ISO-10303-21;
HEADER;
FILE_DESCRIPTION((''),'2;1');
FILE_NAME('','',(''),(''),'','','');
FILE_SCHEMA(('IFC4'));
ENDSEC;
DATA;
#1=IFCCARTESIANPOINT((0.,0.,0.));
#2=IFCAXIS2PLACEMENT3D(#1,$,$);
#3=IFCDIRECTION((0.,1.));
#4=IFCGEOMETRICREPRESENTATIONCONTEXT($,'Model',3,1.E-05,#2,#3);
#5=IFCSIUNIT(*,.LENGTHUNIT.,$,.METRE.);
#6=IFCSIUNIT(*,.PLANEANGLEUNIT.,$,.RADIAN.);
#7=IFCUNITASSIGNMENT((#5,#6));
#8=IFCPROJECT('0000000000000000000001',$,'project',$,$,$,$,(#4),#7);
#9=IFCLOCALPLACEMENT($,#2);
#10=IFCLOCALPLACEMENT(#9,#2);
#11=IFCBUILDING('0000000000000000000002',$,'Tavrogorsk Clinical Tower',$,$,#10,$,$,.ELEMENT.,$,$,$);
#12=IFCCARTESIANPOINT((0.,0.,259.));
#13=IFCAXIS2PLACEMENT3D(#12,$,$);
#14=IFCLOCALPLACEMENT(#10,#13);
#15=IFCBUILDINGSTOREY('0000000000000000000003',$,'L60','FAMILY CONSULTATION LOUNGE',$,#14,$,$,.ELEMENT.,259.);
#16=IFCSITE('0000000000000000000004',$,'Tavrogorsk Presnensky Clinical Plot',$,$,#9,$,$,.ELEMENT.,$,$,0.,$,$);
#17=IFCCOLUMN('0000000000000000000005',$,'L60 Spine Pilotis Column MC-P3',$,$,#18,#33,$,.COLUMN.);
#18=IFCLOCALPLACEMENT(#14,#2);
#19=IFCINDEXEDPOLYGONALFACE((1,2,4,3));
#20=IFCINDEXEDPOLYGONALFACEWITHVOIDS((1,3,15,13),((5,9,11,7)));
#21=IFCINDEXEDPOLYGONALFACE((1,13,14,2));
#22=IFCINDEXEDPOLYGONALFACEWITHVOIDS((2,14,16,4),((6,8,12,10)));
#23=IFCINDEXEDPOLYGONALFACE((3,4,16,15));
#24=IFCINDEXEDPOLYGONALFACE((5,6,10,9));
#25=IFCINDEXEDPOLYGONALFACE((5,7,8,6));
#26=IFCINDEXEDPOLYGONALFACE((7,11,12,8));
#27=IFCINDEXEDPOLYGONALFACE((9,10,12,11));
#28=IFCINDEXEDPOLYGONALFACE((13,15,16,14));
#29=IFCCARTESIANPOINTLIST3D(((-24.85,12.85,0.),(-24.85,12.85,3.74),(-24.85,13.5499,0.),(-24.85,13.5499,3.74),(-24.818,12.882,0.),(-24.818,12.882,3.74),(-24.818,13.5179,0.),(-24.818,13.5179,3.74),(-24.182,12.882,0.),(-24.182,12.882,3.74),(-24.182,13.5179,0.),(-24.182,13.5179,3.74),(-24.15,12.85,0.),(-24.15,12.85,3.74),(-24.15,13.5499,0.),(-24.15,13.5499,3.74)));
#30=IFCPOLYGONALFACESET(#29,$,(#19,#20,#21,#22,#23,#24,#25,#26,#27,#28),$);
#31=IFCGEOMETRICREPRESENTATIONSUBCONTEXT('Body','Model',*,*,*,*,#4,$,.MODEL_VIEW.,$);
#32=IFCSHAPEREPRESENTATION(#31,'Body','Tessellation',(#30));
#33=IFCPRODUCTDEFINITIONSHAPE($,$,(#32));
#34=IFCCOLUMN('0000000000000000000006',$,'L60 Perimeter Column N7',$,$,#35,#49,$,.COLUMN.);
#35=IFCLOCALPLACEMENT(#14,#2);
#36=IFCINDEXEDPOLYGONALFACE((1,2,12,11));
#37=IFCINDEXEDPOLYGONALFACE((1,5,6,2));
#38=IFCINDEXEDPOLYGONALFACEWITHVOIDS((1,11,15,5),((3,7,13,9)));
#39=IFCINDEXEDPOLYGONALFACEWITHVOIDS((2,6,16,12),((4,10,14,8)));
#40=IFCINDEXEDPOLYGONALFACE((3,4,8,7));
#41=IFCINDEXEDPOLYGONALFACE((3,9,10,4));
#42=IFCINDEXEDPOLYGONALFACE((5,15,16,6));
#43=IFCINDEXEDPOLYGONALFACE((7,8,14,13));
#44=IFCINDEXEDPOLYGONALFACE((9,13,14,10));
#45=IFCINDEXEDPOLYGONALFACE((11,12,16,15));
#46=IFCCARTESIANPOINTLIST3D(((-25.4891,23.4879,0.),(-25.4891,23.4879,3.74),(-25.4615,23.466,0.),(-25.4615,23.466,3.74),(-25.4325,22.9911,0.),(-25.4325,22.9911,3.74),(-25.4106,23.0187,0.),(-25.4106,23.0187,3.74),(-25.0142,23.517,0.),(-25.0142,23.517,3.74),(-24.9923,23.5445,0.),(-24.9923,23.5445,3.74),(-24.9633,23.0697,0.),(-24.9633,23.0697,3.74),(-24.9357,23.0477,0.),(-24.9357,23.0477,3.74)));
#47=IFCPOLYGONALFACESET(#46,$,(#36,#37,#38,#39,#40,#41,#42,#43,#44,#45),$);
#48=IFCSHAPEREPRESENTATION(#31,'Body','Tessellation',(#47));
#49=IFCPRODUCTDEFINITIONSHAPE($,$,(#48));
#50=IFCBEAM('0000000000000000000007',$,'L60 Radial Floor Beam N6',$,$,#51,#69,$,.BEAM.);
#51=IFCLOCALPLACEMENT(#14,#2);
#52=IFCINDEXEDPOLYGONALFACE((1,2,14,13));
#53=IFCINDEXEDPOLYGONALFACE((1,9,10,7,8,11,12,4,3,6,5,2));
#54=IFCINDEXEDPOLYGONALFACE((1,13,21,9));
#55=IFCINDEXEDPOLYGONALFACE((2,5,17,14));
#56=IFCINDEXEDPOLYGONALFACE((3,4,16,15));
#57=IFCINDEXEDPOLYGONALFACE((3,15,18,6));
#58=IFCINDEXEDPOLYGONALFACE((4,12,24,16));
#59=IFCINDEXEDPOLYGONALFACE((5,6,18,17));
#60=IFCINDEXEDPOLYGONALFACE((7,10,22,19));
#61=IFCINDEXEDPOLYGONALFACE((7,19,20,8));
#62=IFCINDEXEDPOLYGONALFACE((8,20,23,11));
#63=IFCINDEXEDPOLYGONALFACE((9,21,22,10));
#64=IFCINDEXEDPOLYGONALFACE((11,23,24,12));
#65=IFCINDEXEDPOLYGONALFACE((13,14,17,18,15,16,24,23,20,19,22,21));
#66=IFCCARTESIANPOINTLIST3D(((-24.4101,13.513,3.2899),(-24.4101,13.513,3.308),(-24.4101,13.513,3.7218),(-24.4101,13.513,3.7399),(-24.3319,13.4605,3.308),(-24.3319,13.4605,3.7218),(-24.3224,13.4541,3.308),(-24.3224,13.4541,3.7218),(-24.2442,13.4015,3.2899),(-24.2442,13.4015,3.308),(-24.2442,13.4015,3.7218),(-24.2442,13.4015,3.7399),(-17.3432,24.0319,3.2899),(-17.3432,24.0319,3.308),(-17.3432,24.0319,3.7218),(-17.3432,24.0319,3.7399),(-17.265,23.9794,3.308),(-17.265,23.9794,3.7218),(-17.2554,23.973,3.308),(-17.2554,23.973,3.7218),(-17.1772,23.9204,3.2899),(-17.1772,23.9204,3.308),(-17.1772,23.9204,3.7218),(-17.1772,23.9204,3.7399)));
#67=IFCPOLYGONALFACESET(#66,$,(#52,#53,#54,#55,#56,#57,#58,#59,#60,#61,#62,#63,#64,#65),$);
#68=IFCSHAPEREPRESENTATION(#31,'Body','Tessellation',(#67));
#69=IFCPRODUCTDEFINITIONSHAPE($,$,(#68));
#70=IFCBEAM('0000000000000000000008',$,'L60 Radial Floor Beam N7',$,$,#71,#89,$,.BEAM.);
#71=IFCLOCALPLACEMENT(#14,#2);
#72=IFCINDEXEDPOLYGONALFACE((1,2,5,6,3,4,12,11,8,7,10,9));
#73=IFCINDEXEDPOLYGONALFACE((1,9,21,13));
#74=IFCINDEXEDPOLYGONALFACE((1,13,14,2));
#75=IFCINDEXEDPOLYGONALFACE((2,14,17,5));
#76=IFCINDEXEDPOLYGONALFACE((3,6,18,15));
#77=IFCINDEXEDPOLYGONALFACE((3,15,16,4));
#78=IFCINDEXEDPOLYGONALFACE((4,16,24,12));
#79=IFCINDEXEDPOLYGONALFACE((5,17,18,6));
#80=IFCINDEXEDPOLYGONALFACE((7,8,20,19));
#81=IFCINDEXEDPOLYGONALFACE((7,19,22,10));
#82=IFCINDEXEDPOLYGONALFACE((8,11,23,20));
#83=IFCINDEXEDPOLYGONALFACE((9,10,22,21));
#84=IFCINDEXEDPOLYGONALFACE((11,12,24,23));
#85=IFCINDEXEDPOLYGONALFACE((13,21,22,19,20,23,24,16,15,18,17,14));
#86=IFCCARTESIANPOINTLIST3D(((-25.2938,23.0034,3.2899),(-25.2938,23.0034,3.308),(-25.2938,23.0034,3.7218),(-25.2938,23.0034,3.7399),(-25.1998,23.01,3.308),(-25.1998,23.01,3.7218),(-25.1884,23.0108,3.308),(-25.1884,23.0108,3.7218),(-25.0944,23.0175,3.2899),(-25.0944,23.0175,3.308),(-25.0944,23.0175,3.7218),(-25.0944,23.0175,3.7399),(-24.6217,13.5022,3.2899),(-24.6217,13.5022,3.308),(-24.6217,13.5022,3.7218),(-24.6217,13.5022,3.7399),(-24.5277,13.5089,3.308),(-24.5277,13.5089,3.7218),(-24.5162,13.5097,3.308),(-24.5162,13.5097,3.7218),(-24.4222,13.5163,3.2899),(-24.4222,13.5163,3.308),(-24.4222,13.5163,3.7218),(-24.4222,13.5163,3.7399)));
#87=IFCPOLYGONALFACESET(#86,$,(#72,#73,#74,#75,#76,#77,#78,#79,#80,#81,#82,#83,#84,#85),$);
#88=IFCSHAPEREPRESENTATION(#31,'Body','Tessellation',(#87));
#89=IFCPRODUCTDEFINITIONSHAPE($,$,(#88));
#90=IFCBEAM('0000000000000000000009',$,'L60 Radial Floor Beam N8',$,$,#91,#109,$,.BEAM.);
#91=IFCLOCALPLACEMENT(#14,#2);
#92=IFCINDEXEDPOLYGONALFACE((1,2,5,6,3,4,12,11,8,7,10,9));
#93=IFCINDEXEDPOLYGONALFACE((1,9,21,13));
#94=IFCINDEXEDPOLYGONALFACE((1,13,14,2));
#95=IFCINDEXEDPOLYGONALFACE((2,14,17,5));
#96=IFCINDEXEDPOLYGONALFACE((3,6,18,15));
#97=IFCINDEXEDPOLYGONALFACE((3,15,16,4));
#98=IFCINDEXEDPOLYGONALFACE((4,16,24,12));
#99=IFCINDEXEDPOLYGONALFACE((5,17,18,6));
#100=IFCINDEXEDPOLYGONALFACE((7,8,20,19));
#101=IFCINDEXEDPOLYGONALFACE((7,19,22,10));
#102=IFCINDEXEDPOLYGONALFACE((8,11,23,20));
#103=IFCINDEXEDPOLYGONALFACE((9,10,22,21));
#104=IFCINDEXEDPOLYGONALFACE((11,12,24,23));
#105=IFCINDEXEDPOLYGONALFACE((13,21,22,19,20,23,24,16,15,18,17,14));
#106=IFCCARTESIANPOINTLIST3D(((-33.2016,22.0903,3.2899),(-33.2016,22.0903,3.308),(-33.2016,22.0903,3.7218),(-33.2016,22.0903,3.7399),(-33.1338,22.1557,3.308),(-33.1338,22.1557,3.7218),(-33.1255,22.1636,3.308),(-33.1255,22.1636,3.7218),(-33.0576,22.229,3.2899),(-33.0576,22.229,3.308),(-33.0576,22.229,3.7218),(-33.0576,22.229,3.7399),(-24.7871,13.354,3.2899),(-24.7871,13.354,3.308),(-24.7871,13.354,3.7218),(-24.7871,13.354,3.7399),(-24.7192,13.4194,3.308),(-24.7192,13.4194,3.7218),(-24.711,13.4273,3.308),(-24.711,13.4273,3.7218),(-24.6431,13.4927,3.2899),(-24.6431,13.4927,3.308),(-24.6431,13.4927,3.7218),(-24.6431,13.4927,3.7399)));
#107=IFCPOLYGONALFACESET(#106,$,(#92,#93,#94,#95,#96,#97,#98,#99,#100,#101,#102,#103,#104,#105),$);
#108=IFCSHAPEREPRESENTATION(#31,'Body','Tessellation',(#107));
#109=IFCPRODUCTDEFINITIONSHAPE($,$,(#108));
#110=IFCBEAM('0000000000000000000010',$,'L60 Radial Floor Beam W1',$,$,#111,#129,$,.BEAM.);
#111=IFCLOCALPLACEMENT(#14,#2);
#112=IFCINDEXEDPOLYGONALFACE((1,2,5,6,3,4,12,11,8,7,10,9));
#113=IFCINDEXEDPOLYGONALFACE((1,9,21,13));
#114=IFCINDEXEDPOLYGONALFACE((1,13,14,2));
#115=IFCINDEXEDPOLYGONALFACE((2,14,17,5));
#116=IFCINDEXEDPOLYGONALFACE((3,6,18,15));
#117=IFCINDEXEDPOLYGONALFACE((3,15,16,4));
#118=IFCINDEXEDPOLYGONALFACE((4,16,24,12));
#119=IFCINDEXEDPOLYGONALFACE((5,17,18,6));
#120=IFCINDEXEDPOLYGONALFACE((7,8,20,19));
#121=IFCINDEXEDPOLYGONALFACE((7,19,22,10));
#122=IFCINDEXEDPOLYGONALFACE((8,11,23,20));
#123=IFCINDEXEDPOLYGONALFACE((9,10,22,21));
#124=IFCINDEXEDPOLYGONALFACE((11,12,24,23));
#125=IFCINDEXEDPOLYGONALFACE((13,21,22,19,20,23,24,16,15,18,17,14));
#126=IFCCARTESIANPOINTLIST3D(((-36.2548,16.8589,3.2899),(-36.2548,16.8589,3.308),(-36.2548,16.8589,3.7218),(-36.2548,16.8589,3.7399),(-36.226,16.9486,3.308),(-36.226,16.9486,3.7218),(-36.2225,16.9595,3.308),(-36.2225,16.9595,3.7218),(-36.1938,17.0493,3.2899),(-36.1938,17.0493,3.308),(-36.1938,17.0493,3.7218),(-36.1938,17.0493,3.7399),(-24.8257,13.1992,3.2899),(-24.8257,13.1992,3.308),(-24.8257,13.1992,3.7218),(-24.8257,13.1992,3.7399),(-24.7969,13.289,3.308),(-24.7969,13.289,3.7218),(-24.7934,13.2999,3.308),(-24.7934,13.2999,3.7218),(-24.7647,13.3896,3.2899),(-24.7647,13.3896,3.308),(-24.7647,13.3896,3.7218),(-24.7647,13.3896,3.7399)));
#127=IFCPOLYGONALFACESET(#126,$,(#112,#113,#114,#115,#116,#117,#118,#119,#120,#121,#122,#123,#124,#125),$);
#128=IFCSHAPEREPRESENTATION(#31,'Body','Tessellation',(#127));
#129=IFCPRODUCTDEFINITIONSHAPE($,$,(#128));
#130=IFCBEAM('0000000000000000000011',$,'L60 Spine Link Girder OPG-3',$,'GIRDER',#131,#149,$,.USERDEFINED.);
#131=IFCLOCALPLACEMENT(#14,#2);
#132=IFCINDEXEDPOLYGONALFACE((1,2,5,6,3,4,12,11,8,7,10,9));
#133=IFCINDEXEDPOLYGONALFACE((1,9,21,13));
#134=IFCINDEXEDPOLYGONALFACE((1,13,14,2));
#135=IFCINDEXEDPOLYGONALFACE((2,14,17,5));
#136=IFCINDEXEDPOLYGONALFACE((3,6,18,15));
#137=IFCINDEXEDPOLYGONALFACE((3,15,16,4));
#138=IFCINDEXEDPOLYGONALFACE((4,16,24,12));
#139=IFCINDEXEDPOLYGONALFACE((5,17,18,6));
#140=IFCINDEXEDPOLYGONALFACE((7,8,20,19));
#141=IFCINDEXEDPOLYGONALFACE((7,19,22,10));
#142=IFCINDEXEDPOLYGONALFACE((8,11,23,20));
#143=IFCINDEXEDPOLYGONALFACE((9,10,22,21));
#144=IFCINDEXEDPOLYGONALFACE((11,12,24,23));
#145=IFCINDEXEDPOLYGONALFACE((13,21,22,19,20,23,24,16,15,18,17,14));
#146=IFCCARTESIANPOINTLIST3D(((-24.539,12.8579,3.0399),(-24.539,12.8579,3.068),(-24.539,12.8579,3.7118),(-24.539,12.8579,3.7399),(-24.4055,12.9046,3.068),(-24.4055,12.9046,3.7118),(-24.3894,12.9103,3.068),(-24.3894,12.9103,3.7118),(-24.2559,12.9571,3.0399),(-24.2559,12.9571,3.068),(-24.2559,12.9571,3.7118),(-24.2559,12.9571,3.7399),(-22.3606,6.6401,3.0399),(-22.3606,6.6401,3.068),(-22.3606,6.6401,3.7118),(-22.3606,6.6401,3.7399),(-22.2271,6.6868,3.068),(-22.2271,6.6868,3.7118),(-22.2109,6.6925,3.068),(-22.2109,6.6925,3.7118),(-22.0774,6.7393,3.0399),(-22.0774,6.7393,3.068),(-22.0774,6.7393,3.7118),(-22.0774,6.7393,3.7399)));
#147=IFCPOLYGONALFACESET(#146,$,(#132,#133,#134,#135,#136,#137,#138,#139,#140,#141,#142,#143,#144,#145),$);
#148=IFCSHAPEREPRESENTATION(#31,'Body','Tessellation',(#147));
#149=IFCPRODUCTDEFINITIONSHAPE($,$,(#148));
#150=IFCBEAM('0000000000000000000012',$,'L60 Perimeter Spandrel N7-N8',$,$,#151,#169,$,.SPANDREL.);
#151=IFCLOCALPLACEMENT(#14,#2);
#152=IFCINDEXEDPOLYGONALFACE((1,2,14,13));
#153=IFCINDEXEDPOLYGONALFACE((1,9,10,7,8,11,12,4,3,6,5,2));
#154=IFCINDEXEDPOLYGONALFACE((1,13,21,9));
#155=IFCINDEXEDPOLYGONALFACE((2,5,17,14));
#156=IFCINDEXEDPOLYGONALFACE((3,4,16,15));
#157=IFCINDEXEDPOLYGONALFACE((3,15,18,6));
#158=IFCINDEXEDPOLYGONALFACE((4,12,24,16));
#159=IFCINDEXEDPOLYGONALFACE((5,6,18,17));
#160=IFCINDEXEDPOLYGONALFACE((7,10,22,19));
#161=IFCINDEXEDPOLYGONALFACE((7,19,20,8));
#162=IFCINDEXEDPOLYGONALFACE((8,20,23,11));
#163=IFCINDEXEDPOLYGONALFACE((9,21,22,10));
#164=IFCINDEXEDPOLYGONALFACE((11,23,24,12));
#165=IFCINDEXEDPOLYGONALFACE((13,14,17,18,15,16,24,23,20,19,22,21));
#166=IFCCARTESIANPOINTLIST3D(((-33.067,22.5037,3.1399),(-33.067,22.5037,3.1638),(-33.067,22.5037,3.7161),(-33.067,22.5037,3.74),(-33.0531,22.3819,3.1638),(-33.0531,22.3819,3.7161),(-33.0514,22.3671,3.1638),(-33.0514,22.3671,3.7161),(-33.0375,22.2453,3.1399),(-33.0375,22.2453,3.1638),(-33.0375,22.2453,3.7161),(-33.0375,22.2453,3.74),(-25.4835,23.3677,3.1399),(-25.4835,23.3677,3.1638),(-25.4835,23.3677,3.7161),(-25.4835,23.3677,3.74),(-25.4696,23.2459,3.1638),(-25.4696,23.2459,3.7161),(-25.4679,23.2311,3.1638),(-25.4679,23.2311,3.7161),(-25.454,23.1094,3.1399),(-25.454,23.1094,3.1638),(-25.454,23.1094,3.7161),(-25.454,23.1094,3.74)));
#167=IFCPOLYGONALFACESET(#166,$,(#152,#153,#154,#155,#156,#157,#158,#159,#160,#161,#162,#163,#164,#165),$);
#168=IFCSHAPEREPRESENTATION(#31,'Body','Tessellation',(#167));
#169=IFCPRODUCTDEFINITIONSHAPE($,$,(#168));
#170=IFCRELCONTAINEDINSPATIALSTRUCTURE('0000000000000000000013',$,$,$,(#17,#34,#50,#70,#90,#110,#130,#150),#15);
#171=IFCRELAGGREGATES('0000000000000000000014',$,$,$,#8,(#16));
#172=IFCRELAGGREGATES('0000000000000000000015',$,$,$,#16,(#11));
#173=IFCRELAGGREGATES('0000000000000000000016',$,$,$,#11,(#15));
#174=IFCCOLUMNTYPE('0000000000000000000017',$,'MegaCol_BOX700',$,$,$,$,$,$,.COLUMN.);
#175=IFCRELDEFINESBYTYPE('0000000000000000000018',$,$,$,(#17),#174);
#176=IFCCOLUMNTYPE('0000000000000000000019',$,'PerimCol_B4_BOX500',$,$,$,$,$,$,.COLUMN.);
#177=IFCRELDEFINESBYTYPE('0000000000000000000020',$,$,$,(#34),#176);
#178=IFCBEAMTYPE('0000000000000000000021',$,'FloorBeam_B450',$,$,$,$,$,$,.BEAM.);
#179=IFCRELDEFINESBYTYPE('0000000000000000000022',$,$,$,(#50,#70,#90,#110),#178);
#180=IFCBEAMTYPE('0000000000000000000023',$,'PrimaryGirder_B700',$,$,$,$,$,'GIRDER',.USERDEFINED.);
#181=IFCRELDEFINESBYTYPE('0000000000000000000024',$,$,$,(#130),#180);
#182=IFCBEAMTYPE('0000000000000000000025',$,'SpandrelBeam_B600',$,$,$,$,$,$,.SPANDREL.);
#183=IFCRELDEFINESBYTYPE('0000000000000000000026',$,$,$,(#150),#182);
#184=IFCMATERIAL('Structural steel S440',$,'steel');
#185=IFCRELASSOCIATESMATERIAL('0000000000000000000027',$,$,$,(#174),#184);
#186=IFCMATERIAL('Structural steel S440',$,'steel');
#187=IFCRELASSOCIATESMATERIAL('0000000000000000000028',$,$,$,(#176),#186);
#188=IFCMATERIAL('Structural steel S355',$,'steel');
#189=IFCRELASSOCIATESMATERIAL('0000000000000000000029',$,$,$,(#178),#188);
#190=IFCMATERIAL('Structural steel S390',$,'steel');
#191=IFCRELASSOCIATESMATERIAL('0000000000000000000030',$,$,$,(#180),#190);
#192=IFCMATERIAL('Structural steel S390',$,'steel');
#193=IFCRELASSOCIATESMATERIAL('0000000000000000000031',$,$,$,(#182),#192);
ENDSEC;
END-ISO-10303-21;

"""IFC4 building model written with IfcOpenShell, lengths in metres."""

from ifc_helpers import new_model, si_unit, direction, frame, origin, origin_2d, place, context, subcontext, project, spatial, hollow_rectangle, i_section, extrude, material, material_profile, profile_set, type_object, element, save


model = new_model("IFC4")

# Units and contexts
model_context = context("Model", 3, precision=1e-05, world=origin(), true_north=direction((0.0, 1.0)))
body_context = subcontext(model_context, "Body", "Model", "MODEL_VIEW")
ifc_project = project(units=[si_unit("LENGTHUNIT", "METRE"), si_unit("PLANEANGLEUNIT", "RADIAN")], contexts=[model_context])

# Site, building, storey
site_placement = place(None, origin())
site = spatial("IfcSite", under=ifc_project, at=site_placement, Name="Tavrogorsk Presnensky Clinical Plot", CompositionType="ELEMENT", RefElevation=0.0)
building_placement = place(site_placement, origin())
building = spatial("IfcBuilding", under=site, at=building_placement, Name="Tavrogorsk Clinical Tower", CompositionType="ELEMENT")
storey_placement = place(building_placement, frame((0.0, 0.0, 259.0)))
storey = spatial("IfcBuildingStorey", under=building, at=storey_placement, Name="L60", Description="FAMILY CONSULTATION LOUNGE", CompositionType="ELEMENT", Elevation=259.0)

# Columns
ifc_material_1 = material(Name="Structural steel S440", Category="steel")
ifc_material_profile_1 = material_profile(ifc_material_1, hollow_rectangle(XDim=0.7, YDim=0.7, WallThickness=0.032, at=origin_2d()), Name="BOX-700x700x32")
ifc_profile_set_1 = profile_set([ifc_material_profile_1], Name="Structural steel S440")
column_type_1 = type_object("IfcColumnType", Name="MegaCol_BOX700", PredefinedType="COLUMN", material=ifc_profile_set_1)
column_1_placement = place(storey_placement, frame((-24.5, 13.2, 0.0), z_axis=(0.0, 0.0, 1.0), x_axis=(1.0, 0.0, 0.0)))
element("IfcColumn", 1, at=column_1_placement, inside=storey, type_object=column_type_1, Name="L60 Spine Pilotis Column MC-P3", PredefinedType="COLUMN", context=body_context, shape_type="SweptSolid", body=[
    extrude(hollow_rectangle(XDim=0.7, YDim=0.7, WallThickness=0.032, at=origin_2d()), origin(), (0.0, 0.0, 1.0), 3.74),
])
ifc_material_2 = material(Name="Structural steel S440", Category="steel")
ifc_material_profile_2 = material_profile(ifc_material_2, hollow_rectangle(XDim=0.5, YDim=0.5, WallThickness=0.0249, at=origin_2d()), Name="BOX-500x500x25")
ifc_profile_set_2 = profile_set([ifc_material_profile_2], Name="Structural steel S440")
column_type_2 = type_object("IfcColumnType", Name="PerimCol_B4_BOX500", PredefinedType="COLUMN", material=ifc_profile_set_2)
column_2_placement = place(storey_placement, frame((-25.2124, 23.2678, 0.0), z_axis=(0.0, 0.0, 1.0), x_axis=(0.993572, 0.113203, 0.0)))
element("IfcColumn", 2, at=column_2_placement, inside=storey, type_object=column_type_2, Name="L60 Perimeter Column N7", PredefinedType="COLUMN", context=body_context, shape_type="SweptSolid", body=[
    extrude(hollow_rectangle(XDim=0.5, YDim=0.5, WallThickness=0.0249, at=origin_2d()), origin(), (0.0, 0.0, 1.0), 3.74),
])

# Beams
ifc_material_3 = material(Name="Structural steel S355", Category="steel")
ifc_material_profile_3 = material_profile(ifc_material_3, i_section(OverallWidth=0.2, OverallDepth=0.45, WebThickness=0.0115, FlangeThickness=0.0181, at=origin_2d()), Name="B-450x200x11.5x18")
ifc_profile_set_3 = profile_set([ifc_material_profile_3], Name="Structural steel S355")
beam_type_1 = type_object("IfcBeamType", Name="FloorBeam_B450", PredefinedType="BEAM", material=ifc_profile_set_3)
beam_1_placement = place(storey_placement, frame((-24.3271, 13.4573, 3.5149), z_axis=(0.557667, 0.830065, 0.0), x_axis=(-0.830065, 0.557667, 0.0)))
element("IfcBeam", 3, at=beam_1_placement, inside=storey, type_object=beam_type_1, Name="L60 Radial Floor Beam N6", PredefinedType="BEAM", context=body_context, shape_type="SweptSolid", body=[
    extrude(i_section(OverallWidth=0.2, OverallDepth=0.45, WebThickness=0.0115, FlangeThickness=0.0181, at=origin_2d()), origin(), (0.0, 0.0, 1.0), 12.6724),
])
beam_2_placement = place(storey_placement, frame((-24.522, 13.5093, 3.5149), z_axis=(-0.070564, 0.997507, 0.0), x_axis=(-0.997507, -0.070564, 0.0)))
element("IfcBeam", 4, at=beam_2_placement, inside=storey, type_object=beam_type_1, Name="L60 Radial Floor Beam N7", PredefinedType="BEAM", context=body_context, shape_type="SweptSolid", body=[
    extrude(i_section(OverallWidth=0.2, OverallDepth=0.45, WebThickness=0.0115, FlangeThickness=0.0181, at=origin_2d()), origin(), (0.0, 0.0, 1.0), 9.5249),
])
beam_3_placement = place(storey_placement, frame((-24.7151, 13.4233, 3.5149), z_axis=(-0.693718, 0.720246, 0.0), x_axis=(-0.720246, -0.693718, 0.0)))
element("IfcBeam", 5, at=beam_3_placement, inside=storey, type_object=beam_type_1, Name="L60 Radial Floor Beam N8", PredefinedType="BEAM", context=body_context, shape_type="SweptSolid", body=[
    extrude(i_section(OverallWidth=0.2, OverallDepth=0.45, WebThickness=0.0115, FlangeThickness=0.0181, at=origin_2d()), origin(), (0.0, 0.0, 1.0), 12.1296),
])
beam_4_placement = place(storey_placement, frame((-24.7952, 13.2944, 3.5149), z_axis=(-0.952368, 0.304951, 0.0), x_axis=(-0.304951, -0.952368, 0.0)))
element("IfcBeam", 6, at=beam_4_placement, inside=storey, type_object=beam_type_1, Name="L60 Radial Floor Beam W1", PredefinedType="BEAM", context=body_context, shape_type="SweptSolid", body=[
    extrude(i_section(OverallWidth=0.2, OverallDepth=0.45, WebThickness=0.0115, FlangeThickness=0.0181, at=origin_2d()), origin(), (0.0, 0.0, 1.0), 12.0007),
])
ifc_material_4 = material(Name="Structural steel S390", Category="steel")
ifc_material_profile_4 = material_profile(ifc_material_4, i_section(OverallWidth=0.3, OverallDepth=0.7, WebThickness=0.0171, FlangeThickness=0.0281, at=origin_2d()), Name="B-700x300x17x28")
ifc_profile_set_4 = profile_set([ifc_material_profile_4], Name="Structural steel S390")
beam_type_2 = type_object("IfcBeamType", Name="PrimaryGirder_B700", ElementType="GIRDER", PredefinedType="USERDEFINED", material=ifc_profile_set_4)
beam_5_placement = place(storey_placement, frame((-24.3975, 12.9075, 3.3899), z_axis=(0.330654, -0.943752, 0.0), x_axis=(0.943752, 0.330654, 0.0)))
element("IfcBeam", 7, at=beam_5_placement, inside=storey, type_object=beam_type_2, Name="L60 Spine Link Girder OPG-3", ObjectType="GIRDER", PredefinedType="USERDEFINED", context=body_context, shape_type="SweptSolid", body=[
    extrude(i_section(OverallWidth=0.3, OverallDepth=0.7, WebThickness=0.0171, FlangeThickness=0.0281, at=origin_2d()), origin(), (0.0, 0.0, 1.0), 6.5884),
])
ifc_material_5 = material(Name="Structural steel S390", Category="steel")
ifc_material_profile_5 = material_profile(ifc_material_5, i_section(OverallWidth=0.26, OverallDepth=0.6001, WebThickness=0.0149, FlangeThickness=0.0239, at=origin_2d()), Name="B-600x260x15x24")
ifc_profile_set_5 = profile_set([ifc_material_profile_5], Name="Structural steel S390")
beam_type_3 = type_object("IfcBeamType", Name="SpandrelBeam_B600", PredefinedType="SPANDREL", material=ifc_profile_set_5)
beam_6_placement = place(storey_placement, frame((-25.4688, 23.2385, 3.4399), z_axis=(-0.993572, -0.113201, 0.0), x_axis=(0.113201, -0.993572, 0.0)))
element("IfcBeam", 8, at=beam_6_placement, inside=storey, type_object=beam_type_3, Name="L60 Perimeter Spandrel N7-N8", PredefinedType="SPANDREL", context=body_context, shape_type="SweptSolid", body=[
    extrude(i_section(OverallWidth=0.26, OverallDepth=0.6001, WebThickness=0.0149, FlangeThickness=0.0239, at=origin_2d()), origin(), (0.0, 0.0, 1.0), 7.6326),
])

save(model, "model.ifc")
